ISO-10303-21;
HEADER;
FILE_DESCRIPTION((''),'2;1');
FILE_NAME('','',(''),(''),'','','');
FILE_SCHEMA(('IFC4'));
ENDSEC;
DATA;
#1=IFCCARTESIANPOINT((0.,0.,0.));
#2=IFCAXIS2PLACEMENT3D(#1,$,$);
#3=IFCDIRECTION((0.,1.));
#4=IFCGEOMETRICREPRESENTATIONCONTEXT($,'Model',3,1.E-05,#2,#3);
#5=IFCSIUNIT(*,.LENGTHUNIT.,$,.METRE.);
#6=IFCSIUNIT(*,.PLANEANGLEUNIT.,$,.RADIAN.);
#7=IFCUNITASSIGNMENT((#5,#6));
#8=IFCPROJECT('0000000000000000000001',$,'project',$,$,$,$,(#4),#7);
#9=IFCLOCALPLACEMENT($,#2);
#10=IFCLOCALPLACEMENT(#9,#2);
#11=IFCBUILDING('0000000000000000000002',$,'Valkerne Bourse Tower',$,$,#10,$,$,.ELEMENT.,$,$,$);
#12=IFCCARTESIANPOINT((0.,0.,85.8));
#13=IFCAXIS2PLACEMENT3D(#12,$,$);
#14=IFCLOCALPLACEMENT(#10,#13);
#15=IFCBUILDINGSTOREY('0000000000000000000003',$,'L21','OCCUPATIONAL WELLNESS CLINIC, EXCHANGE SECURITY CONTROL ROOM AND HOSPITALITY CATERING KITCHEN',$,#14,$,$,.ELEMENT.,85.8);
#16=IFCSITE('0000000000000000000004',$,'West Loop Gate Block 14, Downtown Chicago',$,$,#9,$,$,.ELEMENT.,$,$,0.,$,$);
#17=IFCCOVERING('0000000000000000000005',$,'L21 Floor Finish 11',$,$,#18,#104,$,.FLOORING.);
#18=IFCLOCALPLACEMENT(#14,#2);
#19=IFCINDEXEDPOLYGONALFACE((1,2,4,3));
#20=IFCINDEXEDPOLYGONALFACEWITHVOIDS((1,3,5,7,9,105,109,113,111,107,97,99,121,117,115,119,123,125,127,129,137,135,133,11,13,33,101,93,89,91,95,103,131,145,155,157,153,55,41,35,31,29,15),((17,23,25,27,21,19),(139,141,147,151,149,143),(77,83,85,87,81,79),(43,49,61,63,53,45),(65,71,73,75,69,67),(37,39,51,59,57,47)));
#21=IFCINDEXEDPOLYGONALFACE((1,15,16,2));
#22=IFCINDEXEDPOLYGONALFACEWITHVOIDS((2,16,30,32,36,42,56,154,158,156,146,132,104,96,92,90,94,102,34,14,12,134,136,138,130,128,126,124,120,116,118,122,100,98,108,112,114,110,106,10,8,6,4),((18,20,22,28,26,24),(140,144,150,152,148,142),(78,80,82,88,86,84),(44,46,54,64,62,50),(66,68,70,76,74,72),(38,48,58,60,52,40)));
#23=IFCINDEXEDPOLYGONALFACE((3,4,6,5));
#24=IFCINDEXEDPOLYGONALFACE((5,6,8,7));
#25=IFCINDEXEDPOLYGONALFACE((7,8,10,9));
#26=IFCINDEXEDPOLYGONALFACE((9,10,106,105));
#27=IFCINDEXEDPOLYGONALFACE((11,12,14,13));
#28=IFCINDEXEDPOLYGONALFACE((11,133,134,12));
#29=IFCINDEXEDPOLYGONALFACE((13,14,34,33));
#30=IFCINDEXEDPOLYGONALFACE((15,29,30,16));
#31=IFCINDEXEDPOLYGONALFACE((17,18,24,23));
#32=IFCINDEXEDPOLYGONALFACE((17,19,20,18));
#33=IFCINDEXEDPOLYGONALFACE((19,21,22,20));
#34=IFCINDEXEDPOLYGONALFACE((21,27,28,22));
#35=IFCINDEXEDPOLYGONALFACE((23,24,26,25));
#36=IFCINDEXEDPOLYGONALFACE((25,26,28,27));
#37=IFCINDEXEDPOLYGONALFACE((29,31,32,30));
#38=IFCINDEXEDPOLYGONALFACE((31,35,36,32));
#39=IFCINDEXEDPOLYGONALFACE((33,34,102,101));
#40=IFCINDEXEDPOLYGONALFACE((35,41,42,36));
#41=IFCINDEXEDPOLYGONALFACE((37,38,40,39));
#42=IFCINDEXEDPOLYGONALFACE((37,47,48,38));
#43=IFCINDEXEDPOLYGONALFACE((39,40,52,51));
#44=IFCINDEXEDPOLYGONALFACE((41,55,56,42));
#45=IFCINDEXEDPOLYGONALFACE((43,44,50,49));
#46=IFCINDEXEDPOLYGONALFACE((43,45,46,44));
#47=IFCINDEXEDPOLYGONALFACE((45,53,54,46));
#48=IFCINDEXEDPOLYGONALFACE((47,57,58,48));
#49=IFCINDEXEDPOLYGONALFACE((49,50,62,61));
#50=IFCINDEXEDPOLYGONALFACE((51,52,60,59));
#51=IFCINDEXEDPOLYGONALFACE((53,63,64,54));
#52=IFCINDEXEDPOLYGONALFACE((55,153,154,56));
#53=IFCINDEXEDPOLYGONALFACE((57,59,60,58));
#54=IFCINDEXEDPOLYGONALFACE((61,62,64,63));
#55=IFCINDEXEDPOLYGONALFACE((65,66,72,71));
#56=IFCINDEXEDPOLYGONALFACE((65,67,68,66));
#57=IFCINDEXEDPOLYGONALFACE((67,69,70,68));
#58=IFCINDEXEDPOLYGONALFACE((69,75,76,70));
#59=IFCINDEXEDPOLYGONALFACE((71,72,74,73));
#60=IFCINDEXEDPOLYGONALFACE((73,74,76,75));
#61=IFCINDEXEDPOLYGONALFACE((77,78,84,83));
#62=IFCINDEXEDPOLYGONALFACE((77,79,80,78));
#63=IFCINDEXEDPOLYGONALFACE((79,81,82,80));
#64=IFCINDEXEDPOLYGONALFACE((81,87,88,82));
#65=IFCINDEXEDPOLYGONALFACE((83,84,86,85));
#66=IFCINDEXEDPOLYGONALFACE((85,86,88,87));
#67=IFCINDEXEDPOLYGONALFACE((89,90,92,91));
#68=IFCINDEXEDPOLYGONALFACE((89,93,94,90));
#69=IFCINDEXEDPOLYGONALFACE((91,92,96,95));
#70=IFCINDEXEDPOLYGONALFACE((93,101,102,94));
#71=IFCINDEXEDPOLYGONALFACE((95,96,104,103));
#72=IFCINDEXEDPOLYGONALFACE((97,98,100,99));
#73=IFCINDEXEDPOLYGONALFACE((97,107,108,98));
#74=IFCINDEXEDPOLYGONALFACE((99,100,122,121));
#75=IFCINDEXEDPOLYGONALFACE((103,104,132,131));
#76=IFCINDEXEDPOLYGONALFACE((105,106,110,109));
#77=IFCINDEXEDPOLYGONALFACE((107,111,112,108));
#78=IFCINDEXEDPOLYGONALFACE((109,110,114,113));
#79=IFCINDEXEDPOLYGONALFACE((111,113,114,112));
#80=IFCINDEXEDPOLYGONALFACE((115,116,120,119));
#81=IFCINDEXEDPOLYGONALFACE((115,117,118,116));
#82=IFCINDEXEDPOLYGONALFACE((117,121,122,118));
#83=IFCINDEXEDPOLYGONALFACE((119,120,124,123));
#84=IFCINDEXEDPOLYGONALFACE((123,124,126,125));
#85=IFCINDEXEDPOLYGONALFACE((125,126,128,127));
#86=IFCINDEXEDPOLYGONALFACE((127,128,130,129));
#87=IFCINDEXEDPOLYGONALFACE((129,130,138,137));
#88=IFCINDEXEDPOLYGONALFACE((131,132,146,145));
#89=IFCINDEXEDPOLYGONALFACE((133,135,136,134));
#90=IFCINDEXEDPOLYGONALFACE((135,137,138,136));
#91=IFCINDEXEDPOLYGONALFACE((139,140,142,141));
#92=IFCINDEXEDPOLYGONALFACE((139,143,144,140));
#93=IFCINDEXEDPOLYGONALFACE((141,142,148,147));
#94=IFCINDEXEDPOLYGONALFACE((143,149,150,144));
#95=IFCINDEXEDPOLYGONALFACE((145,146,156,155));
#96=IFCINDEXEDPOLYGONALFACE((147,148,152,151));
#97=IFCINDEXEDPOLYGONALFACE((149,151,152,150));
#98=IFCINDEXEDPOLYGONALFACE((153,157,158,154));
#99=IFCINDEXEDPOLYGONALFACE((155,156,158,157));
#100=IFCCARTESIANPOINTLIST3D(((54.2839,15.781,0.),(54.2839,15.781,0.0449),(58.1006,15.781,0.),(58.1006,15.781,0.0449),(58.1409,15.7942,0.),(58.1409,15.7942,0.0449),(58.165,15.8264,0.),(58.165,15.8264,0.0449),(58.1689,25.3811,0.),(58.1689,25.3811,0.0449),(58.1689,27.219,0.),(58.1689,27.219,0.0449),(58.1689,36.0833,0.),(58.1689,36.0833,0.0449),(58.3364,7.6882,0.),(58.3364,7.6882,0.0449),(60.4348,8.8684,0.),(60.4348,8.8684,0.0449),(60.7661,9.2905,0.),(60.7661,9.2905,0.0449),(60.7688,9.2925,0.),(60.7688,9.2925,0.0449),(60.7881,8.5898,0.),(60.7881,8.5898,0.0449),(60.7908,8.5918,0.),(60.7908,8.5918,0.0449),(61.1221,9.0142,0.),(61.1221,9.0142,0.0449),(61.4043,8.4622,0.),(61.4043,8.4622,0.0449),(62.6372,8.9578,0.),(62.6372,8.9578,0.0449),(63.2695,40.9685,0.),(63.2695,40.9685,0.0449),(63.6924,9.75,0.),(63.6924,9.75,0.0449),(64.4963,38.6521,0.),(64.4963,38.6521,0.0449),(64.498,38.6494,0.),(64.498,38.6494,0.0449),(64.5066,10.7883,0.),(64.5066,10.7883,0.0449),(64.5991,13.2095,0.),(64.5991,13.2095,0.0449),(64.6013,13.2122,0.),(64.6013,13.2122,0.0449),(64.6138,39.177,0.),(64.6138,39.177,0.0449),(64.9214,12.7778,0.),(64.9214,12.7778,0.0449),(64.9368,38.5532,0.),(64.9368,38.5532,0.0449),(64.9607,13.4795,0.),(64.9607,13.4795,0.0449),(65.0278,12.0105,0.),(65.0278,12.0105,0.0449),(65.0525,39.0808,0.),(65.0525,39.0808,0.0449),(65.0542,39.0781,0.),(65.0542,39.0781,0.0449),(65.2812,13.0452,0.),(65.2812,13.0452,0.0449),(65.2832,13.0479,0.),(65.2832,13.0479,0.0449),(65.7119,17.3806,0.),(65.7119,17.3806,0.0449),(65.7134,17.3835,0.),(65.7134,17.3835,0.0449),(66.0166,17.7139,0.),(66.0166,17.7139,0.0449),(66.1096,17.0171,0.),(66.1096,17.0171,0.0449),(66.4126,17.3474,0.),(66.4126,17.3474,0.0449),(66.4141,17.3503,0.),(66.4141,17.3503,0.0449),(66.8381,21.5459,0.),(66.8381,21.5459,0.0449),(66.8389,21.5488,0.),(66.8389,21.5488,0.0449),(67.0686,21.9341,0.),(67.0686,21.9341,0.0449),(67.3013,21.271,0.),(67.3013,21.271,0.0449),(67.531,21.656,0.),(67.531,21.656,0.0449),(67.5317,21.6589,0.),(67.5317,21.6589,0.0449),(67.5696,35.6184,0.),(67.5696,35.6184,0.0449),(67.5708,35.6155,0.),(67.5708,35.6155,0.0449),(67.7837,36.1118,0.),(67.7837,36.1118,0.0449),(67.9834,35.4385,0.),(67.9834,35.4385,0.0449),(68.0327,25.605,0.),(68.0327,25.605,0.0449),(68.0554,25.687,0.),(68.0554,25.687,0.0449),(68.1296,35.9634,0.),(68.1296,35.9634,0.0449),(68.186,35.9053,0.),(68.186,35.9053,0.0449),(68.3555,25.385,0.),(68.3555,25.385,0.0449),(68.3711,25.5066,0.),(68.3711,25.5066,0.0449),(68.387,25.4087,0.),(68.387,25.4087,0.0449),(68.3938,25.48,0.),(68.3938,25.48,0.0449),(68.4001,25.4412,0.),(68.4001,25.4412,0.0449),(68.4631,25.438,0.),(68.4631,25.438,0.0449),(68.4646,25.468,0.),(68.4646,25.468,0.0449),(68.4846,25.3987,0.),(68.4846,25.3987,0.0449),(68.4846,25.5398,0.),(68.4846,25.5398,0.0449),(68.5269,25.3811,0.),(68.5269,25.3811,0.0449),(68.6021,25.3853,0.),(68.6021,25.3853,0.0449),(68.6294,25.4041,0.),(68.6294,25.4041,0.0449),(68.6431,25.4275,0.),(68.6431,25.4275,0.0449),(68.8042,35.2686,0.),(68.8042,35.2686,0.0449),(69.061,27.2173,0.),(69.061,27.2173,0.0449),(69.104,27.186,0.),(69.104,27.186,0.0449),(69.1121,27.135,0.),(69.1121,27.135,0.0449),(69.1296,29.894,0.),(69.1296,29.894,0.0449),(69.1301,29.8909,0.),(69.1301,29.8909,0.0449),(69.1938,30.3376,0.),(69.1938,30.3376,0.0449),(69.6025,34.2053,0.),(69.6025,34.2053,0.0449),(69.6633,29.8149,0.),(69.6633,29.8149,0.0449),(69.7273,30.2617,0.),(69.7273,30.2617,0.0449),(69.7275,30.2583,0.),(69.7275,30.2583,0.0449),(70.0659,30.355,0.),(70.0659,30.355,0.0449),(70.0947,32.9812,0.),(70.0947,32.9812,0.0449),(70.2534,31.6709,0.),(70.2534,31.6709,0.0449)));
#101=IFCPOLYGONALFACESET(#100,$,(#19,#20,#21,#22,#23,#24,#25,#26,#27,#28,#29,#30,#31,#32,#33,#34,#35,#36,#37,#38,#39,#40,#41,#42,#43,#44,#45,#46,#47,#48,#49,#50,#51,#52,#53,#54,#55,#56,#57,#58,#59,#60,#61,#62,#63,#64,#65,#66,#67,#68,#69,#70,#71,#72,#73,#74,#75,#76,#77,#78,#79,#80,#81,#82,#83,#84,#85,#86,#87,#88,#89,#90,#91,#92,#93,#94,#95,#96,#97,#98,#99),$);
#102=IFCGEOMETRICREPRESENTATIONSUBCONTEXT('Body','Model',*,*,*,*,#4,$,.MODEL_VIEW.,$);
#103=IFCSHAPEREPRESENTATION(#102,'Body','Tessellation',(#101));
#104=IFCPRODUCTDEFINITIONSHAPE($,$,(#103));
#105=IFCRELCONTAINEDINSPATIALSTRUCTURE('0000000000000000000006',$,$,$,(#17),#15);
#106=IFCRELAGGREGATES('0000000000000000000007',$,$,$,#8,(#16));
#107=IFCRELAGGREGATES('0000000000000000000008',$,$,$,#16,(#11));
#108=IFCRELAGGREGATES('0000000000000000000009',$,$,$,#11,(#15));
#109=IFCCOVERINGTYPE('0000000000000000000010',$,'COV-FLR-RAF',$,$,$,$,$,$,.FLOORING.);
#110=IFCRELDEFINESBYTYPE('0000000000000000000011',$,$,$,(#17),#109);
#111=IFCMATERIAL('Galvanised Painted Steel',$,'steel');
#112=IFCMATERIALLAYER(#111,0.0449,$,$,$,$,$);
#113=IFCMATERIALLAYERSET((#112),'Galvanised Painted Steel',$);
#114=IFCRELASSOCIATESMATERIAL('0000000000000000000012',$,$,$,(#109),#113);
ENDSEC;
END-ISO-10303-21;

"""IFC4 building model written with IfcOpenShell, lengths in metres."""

from ifc_helpers import new_model, si_unit, direction, frame, origin, place, context, subcontext, project, spatial, polyline, outline, extrude, material, layer, layer_set, type_object, element, save


model = new_model("IFC4")

# Units and contexts
model_context = context("Model", 3, precision=1e-05, world=origin(), true_north=direction((0.0, 1.0)))
body_context = subcontext(model_context, "Body", "Model", "MODEL_VIEW")
ifc_project = project(units=[si_unit("LENGTHUNIT", "METRE"), si_unit("PLANEANGLEUNIT", "RADIAN")], contexts=[model_context])

# Site, building, storey
site_placement = place(None, origin())
site = spatial("IfcSite", under=ifc_project, at=site_placement, Name="West Loop Gate Block 14, Downtown Chicago", CompositionType="ELEMENT", RefElevation=0.0)
building_placement = place(site_placement, origin())
building = spatial("IfcBuilding", under=site, at=building_placement, Name="Valkerne Bourse Tower", CompositionType="ELEMENT")
storey_placement = place(building_placement, frame((0.0, 0.0, 85.8)))
storey = spatial("IfcBuildingStorey", under=building, at=storey_placement, Name="L21", Description="OCCUPATIONAL WELLNESS CLINIC, EXCHANGE SECURITY CONTROL ROOM AND HOSPITALITY CATERING KITCHEN", CompositionType="ELEMENT", Elevation=85.8)

# Covering
ifc_material_1 = material(Name="Galvanised Painted Steel", Category="steel")
ifc_layer_1 = layer(ifc_material_1, 0.0449)
ifc_layer_set_1 = layer_set([ifc_layer_1], Name="Galvanised Painted Steel")
covering_type_1 = type_object("IfcCoveringType", Name="COV-FLR-RAF", PredefinedType="FLOORING", material=ifc_layer_set_1)
covering_1_placement = place(storey_placement, origin())
element("IfcCovering", 1, at=covering_1_placement, inside=storey, type_object=covering_type_1, Name="L21 Floor Finish 11", PredefinedType="FLOORING", context=body_context, shape_type="SweptSolid", body=[
    extrude(outline(polyline([(62.6372, 8.9578), (61.4043, 8.4622), (58.3364, 7.6882), (54.2839, 15.781), (58.1006, 15.781), (58.1409, 15.7942), (58.165, 15.8264), (58.1689, 25.3811), (68.3555, 25.385), (68.387, 25.4087), (68.4001, 25.4412), (68.3938, 25.48), (68.3711, 25.5066), (68.0327, 25.605), (68.0554, 25.687), (68.4846, 25.5398), (68.4646, 25.468), (68.4631, 25.438), (68.4846, 25.3987), (68.5269, 25.3811), (68.6021, 25.3853), (68.6294, 25.4041), (68.6431, 25.4275), (69.1121, 27.135), (69.104, 27.186), (69.061, 27.2173), (58.1689, 27.219), (58.1689, 36.0833), (63.2695, 40.9685), (68.1296, 35.9634), (67.7837, 36.1118), (67.5696, 35.6184), (67.5708, 35.6155), (67.9834, 35.4385), (68.186, 35.9053), (68.8042, 35.2686), (69.6025, 34.2053), (70.0947, 32.9812), (70.2534, 31.6709), (70.0659, 30.355), (65.0278, 12.0105), (64.5066, 10.7883), (63.6924, 9.75), (62.6372, 8.9578)]), holes=[polyline([(60.7908, 8.5918), (61.1221, 9.0142), (60.7688, 9.2925), (60.7661, 9.2905), (60.4348, 8.8684), (60.7881, 8.5898), (60.7908, 8.5918)]), polyline([(65.2832, 13.0479), (64.9607, 13.4795), (64.6013, 13.2122), (64.5991, 13.2095), (64.9214, 12.7778), (65.2812, 13.0452), (65.2832, 13.0479)]), polyline([(66.4141, 17.3503), (66.0166, 17.7139), (65.7134, 17.3835), (65.7119, 17.3806), (66.1096, 17.0171), (66.4126, 17.3474), (66.4141, 17.3503)]), polyline([(67.5317, 21.6589), (67.0686, 21.9341), (66.8389, 21.5488), (66.8381, 21.5459), (67.3013, 21.271), (67.531, 21.656), (67.5317, 21.6589)]), polyline([(69.7275, 30.2583), (69.7273, 30.2617), (69.1938, 30.3376), (69.1296, 29.894), (69.1301, 29.8909), (69.6633, 29.8149), (69.7275, 30.2583)]), polyline([(65.0542, 39.0781), (65.0525, 39.0808), (64.6138, 39.177), (64.4963, 38.6521), (64.498, 38.6494), (64.9368, 38.5532), (65.0542, 39.0781)])]), origin(), (0.0, 0.0, 1.0), 0.0449),
])

save(model, "model.ifc")
